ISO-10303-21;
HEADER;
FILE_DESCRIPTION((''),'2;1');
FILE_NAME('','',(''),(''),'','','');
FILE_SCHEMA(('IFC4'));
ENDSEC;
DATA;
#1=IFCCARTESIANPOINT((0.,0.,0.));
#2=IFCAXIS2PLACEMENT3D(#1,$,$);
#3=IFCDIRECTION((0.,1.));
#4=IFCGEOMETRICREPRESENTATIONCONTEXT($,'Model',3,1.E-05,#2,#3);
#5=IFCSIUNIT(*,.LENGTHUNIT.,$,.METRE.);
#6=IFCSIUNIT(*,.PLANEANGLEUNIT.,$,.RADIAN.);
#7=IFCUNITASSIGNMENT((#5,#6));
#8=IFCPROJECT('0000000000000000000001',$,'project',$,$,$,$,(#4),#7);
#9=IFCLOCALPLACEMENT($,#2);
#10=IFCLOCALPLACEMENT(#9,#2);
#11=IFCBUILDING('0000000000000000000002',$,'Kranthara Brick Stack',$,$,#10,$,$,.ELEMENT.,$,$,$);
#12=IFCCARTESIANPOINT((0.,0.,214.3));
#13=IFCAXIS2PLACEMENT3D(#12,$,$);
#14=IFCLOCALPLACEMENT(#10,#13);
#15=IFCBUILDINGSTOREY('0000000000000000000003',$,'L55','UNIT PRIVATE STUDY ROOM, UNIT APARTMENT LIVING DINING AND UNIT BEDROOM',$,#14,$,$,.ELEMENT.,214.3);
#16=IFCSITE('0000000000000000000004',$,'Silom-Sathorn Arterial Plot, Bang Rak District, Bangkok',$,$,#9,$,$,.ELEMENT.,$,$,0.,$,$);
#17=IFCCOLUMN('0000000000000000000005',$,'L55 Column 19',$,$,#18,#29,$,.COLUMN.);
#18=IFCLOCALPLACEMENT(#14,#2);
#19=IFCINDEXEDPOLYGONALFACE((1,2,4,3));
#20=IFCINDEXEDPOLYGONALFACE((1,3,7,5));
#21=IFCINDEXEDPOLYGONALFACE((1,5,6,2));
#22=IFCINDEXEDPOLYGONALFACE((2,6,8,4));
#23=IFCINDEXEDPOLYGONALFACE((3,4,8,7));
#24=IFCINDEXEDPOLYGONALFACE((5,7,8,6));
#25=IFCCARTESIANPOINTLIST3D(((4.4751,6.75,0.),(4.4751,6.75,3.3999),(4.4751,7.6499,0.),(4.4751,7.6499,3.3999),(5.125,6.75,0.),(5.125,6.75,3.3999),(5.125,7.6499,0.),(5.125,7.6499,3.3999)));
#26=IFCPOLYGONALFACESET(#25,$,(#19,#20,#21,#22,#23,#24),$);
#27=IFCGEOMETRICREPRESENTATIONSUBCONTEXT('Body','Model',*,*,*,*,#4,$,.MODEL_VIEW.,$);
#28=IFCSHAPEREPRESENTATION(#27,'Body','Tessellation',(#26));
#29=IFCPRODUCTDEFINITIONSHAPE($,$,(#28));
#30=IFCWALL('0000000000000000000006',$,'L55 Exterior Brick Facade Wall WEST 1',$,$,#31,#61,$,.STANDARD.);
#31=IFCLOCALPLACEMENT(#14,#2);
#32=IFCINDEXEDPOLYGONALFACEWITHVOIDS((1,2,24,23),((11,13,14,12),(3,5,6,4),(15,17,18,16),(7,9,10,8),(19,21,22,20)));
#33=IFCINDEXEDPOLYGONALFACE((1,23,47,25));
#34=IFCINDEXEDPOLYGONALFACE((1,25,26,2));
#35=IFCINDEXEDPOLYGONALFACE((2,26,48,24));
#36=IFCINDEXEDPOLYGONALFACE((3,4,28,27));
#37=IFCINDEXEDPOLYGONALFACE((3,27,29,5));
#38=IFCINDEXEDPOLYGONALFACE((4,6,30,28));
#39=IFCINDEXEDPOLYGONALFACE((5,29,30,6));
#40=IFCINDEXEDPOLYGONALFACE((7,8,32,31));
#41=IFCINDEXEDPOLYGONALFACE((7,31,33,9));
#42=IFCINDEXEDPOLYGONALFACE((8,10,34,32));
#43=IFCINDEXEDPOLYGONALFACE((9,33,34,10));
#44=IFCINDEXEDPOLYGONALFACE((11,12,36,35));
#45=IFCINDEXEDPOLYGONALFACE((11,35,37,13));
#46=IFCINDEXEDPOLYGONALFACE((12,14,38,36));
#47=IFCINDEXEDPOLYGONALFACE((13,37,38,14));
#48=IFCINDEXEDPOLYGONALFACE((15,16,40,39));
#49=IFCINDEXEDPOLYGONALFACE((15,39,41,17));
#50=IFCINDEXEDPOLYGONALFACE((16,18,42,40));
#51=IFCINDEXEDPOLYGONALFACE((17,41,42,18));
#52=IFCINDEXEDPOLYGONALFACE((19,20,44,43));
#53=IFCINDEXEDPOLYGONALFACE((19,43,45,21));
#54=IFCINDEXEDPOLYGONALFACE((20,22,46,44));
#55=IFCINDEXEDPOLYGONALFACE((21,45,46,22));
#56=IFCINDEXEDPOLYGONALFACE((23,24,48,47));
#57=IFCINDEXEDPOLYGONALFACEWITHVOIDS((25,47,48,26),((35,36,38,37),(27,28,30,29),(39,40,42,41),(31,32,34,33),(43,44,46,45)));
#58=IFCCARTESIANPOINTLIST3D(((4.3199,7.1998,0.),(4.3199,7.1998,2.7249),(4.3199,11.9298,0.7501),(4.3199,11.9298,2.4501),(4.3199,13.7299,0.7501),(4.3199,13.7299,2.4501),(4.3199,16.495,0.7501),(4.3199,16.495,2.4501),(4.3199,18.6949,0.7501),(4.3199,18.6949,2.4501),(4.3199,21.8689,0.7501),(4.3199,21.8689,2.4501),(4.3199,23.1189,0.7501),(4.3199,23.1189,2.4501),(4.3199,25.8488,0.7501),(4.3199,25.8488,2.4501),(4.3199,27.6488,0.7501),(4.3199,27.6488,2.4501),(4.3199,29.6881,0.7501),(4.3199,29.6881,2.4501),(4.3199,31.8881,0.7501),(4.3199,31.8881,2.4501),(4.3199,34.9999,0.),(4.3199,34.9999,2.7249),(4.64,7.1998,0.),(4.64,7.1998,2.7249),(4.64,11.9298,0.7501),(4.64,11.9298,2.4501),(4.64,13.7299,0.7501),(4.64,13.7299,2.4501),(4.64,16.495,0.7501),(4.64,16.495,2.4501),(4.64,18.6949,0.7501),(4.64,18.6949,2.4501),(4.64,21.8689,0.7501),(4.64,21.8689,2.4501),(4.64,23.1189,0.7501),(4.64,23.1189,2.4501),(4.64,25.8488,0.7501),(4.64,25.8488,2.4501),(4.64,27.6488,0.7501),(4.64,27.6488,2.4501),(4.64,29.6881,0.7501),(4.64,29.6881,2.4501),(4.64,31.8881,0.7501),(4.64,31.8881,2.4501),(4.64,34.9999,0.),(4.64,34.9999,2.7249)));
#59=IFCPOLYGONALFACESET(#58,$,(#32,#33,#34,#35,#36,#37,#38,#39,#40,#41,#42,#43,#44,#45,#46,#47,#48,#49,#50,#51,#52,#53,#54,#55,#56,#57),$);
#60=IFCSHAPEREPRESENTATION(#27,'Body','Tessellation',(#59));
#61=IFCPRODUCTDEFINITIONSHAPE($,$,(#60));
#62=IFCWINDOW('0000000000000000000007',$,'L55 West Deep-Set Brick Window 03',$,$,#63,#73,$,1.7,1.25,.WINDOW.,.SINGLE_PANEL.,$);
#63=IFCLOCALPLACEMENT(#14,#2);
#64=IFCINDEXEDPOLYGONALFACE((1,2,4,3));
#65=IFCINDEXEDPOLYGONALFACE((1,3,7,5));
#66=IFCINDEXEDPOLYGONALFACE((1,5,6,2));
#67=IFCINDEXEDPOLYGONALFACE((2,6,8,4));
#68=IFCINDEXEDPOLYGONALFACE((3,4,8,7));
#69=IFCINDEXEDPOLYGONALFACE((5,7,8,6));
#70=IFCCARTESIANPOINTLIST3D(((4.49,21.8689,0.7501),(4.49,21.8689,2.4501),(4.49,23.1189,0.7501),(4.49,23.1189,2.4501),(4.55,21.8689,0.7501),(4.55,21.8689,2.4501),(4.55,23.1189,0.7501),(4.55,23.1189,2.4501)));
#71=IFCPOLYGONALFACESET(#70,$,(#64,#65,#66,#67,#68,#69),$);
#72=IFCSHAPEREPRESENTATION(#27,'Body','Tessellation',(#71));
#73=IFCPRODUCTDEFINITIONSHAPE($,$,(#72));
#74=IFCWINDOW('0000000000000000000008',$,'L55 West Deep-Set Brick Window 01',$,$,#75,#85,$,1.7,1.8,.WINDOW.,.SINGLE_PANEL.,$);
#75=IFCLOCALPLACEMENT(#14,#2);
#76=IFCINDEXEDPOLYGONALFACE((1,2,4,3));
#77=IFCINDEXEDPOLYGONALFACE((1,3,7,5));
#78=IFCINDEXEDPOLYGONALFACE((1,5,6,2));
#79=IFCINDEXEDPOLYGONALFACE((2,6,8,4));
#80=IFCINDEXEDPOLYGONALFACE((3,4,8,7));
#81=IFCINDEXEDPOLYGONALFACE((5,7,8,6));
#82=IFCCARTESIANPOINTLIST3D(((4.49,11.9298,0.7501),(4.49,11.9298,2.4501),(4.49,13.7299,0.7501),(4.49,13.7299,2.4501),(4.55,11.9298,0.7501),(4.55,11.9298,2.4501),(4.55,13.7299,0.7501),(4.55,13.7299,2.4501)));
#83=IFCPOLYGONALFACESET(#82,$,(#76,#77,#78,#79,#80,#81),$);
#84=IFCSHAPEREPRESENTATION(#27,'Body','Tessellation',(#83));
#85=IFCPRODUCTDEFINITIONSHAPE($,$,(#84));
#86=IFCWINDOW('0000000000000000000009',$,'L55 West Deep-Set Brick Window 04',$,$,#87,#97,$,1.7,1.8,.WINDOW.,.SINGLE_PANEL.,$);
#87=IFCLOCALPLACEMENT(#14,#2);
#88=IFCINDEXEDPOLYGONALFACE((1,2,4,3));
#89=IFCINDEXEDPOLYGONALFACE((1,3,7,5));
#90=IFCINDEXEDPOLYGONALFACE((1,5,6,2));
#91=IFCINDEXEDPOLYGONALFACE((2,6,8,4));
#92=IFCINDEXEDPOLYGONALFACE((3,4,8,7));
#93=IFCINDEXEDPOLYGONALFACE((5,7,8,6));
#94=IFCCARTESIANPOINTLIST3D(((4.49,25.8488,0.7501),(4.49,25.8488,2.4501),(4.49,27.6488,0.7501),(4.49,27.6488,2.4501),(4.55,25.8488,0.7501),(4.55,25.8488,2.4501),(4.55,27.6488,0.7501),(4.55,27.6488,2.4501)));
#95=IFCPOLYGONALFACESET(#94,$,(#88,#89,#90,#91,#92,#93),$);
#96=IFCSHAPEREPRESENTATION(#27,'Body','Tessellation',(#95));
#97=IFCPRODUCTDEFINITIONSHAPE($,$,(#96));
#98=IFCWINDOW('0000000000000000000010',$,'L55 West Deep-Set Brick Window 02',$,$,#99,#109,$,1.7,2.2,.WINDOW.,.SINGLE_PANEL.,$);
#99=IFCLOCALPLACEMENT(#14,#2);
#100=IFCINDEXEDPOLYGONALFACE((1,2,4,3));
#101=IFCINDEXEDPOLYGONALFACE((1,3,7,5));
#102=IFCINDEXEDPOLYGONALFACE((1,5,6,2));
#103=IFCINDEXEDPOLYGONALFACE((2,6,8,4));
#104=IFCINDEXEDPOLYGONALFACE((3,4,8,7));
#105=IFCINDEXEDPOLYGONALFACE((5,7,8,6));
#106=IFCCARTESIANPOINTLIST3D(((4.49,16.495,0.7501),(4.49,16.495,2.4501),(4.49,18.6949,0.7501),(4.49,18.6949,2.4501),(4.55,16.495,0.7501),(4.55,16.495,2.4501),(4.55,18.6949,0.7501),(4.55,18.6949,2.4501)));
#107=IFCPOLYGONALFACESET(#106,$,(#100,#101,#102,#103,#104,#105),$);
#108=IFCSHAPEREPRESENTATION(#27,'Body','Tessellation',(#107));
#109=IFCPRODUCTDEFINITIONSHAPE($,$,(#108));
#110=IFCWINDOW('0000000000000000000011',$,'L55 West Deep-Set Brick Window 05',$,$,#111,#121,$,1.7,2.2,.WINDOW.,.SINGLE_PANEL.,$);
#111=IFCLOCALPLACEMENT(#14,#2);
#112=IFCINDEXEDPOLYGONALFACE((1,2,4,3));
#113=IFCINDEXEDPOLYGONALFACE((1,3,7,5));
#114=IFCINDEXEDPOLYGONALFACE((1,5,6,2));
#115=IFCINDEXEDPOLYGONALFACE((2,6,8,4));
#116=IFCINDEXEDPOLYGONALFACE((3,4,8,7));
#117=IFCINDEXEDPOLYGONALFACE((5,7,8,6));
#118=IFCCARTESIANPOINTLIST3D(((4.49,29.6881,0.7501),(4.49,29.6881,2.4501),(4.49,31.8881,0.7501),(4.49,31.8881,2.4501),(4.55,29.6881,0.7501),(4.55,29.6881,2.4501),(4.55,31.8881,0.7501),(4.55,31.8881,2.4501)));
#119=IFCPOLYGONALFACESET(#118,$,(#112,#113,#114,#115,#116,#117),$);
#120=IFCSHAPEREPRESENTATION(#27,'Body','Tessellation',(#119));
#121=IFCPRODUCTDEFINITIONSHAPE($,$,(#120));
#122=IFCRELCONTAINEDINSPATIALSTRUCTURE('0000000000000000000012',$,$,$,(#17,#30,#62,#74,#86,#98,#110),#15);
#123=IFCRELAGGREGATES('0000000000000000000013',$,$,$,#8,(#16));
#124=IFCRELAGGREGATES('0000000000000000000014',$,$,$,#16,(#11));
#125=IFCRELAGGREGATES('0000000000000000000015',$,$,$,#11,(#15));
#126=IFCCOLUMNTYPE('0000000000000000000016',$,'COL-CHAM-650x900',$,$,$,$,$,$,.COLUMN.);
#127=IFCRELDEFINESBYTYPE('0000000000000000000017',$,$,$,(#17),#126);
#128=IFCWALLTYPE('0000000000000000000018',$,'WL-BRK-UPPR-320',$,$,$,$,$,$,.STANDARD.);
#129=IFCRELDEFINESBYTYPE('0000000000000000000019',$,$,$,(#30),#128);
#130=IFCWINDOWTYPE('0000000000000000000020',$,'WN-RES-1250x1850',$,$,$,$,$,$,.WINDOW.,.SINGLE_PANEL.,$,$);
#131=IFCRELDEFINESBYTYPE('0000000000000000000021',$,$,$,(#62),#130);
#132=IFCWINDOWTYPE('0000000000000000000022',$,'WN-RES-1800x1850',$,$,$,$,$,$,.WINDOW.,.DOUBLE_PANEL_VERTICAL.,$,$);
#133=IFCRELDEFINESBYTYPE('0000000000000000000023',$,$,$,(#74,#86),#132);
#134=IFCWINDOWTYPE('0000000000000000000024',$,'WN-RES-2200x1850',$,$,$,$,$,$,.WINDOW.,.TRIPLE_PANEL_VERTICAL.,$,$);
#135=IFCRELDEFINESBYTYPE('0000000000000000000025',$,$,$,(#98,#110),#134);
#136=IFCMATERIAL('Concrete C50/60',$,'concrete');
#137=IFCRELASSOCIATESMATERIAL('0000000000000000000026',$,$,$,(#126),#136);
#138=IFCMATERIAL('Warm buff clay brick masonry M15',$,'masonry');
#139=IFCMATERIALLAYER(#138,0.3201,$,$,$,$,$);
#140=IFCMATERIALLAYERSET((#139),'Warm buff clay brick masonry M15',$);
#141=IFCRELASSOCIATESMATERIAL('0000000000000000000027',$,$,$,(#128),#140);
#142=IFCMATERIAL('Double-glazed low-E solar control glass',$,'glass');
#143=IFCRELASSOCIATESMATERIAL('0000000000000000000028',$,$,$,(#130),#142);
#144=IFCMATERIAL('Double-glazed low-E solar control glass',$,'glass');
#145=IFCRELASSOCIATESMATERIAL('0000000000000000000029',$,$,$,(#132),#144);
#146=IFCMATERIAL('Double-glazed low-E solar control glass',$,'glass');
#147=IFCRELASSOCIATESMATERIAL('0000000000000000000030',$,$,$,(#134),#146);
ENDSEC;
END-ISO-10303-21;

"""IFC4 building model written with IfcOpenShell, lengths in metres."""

from ifc_helpers import new_model, si_unit, direction, frame, frame_2d, origin, origin_2d, place, context, subcontext, project, spatial, rectangle, extrude, material, layer, layer_set, material_profile, profile_set, type_object, element, fill, save


model = new_model("IFC4")

# Units and contexts
model_context = context("Model", 3, precision=1e-05, world=origin(), true_north=direction((0.0, 1.0)))
body_context = subcontext(model_context, "Body", "Model", "MODEL_VIEW")
ifc_project = project(units=[si_unit("LENGTHUNIT", "METRE"), si_unit("PLANEANGLEUNIT", "RADIAN")], contexts=[model_context])

# Site, building, storey
site_placement = place(None, origin())
site = spatial("IfcSite", under=ifc_project, at=site_placement, Name="Silom-Sathorn Arterial Plot, Bang Rak District, Bangkok", CompositionType="ELEMENT", RefElevation=0.0)
building_placement = place(site_placement, origin())
building = spatial("IfcBuilding", under=site, at=building_placement, Name="Kranthara Brick Stack", CompositionType="ELEMENT")
storey_placement = place(building_placement, frame((0.0, 0.0, 214.3)))
storey = spatial("IfcBuildingStorey", under=building, at=storey_placement, Name="L55", Description="UNIT PRIVATE STUDY ROOM, UNIT APARTMENT LIVING DINING AND UNIT BEDROOM", CompositionType="ELEMENT", Elevation=214.3)

# Column
ifc_material_1 = material(Name="Concrete C50/60", Category="concrete")
ifc_material_profile = material_profile(ifc_material_1, rectangle(XDim=0.6499, YDim=0.8999, at=origin_2d()), Name="RC 650x900")
ifc_profile_set = profile_set([ifc_material_profile], Name="Concrete C50/60")
column_type = type_object("IfcColumnType", Name="COL-CHAM-650x900", PredefinedType="COLUMN", material=ifc_profile_set)
column_placement = place(storey_placement, frame((4.8, 7.2, 0.0), z_axis=(0.0, 0.0, 1.0), x_axis=(1.0, 0.0, 0.0)))
element("IfcColumn", 1, at=column_placement, inside=storey, type_object=column_type, Name="L55 Column 19", PredefinedType="COLUMN", context=body_context, shape_type="SweptSolid", body=[
    extrude(rectangle(XDim=0.6499, YDim=0.8999, at=origin_2d()), origin(), (0.0, 0.0, 1.0), 3.3999),
])

# Wall, openings, windows
ifc_material_2 = material(Name="Warm buff clay brick masonry M15", Category="masonry")
ifc_layer_1 = layer(ifc_material_2, 0.3201)
ifc_layer_set_1 = layer_set([ifc_layer_1], Name="Warm buff clay brick masonry M15")
wall_type_1 = type_object("IfcWallType", Name="WL-BRK-UPPR-320", PredefinedType="STANDARD", material=ifc_layer_set_1)
wall_1_placement = place(storey_placement, frame((4.48, 7.2, 0.0), z_axis=(0.0, 0.0, 1.0), x_axis=(0.0, 1.0, 0.0)))
wall_1 = element("IfcWall", 2, at=wall_1_placement, inside=storey, type_object=wall_type_1, Name="L55 Exterior Brick Facade Wall WEST 1", PredefinedType="STANDARD", context=body_context, shape_type="SweptSolid", body=[
    extrude(rectangle(XDim=27.8, YDim=0.3201, at=frame_2d((13.8999, 0.0))), origin(), (0.0, 0.0, 1.0), 2.7249),
])
opening_1_placement = place(wall_1_placement, frame((4.73, 0.0, 0.75)))
opening_1 = element("IfcOpeningElement", 3, at=opening_1_placement, cuts=wall_1, PredefinedType="OPENING", context=body_context, shape_type="SweptSolid", body=[
    extrude(rectangle(XDim=1.8, YDim=1.7, at=frame_2d((0.8999, 0.8501))), frame((0.0, 0.1699, 0.0), z_axis=(0.0, -1.0, 0.0), x_axis=(1.0, 0.0, 0.0)), (0.0, 0.0, 1.0), 0.3401),
])
opening_2_placement = place(wall_1_placement, frame((9.2949, 0.0, 0.75)))
opening_2 = element("IfcOpeningElement", 4, at=opening_2_placement, cuts=wall_1, PredefinedType="OPENING", context=body_context, shape_type="SweptSolid", body=[
    extrude(rectangle(XDim=2.2, YDim=1.7, at=frame_2d((1.1001, 0.8501))), frame((0.0, 0.1699, 0.0), z_axis=(0.0, -1.0, 0.0), x_axis=(1.0, 0.0, 0.0)), (0.0, 0.0, 1.0), 0.3401),
])
opening_3_placement = place(wall_1_placement, frame((14.6689, 0.0, 0.75)))
opening_3 = element("IfcOpeningElement", 5, at=opening_3_placement, cuts=wall_1, PredefinedType="OPENING", context=body_context, shape_type="SweptSolid", body=[
    extrude(rectangle(XDim=1.25, YDim=1.7, at=frame_2d((0.625, 0.8501))), frame((0.0, 0.1699, 0.0), z_axis=(0.0, -1.0, 0.0), x_axis=(1.0, 0.0, 0.0)), (0.0, 0.0, 1.0), 0.3401),
])
opening_4_placement = place(wall_1_placement, frame((18.6489, 0.0, 0.75)))
opening_4 = element("IfcOpeningElement", 6, at=opening_4_placement, cuts=wall_1, PredefinedType="OPENING", context=body_context, shape_type="SweptSolid", body=[
    extrude(rectangle(XDim=1.8, YDim=1.7, at=frame_2d((0.8999, 0.8501))), frame((0.0, 0.1699, 0.0), z_axis=(0.0, -1.0, 0.0), x_axis=(1.0, 0.0, 0.0)), (0.0, 0.0, 1.0), 0.3401),
])
opening_5_placement = place(wall_1_placement, frame((22.488, 0.0, 0.75)))
opening_5 = element("IfcOpeningElement", 7, at=opening_5_placement, cuts=wall_1, PredefinedType="OPENING", context=body_context, shape_type="SweptSolid", body=[
    extrude(rectangle(XDim=2.2, YDim=1.7, at=frame_2d((1.1001, 0.8501))), frame((0.0, 0.1699, 0.0), z_axis=(0.0, -1.0, 0.0), x_axis=(1.0, 0.0, 0.0)), (0.0, 0.0, 1.0), 0.3401),
])
ifc_material_3 = material(Name="Double-glazed low-E solar control glass", Category="glass")
window_type_1 = type_object("IfcWindowType", Name="WN-RES-1250x1850", PartitioningType="SINGLE_PANEL", PredefinedType="WINDOW", material=ifc_material_3)
window_1_placement = place(opening_3_placement, origin())
window_1 = element("IfcWindow", 8, at=window_1_placement, inside=storey, type_object=window_type_1, Name="L55 West Deep-Set Brick Window 03", OverallHeight=1.7, OverallWidth=1.25, PartitioningType="SINGLE_PANEL", PredefinedType="WINDOW", context=body_context, shape_type="SweptSolid", body=[
    extrude(rectangle(XDim=1.25, YDim=1.7, at=frame_2d((0.625, 0.8501))), frame((0.0, -0.01, 0.0), z_axis=(0.0, -1.0, 0.0), x_axis=(1.0, 0.0, 0.0)), (0.0, 0.0, 1.0), 0.0601),
])
fill(opening_3, window_1)
ifc_material_4 = material(Name="Double-glazed low-E solar control glass", Category="glass")
window_type_2 = type_object("IfcWindowType", Name="WN-RES-1800x1850", PartitioningType="DOUBLE_PANEL_VERTICAL", PredefinedType="WINDOW", material=ifc_material_4)
window_2_placement = place(opening_1_placement, origin())
window_2 = element("IfcWindow", 9, at=window_2_placement, inside=storey, type_object=window_type_2, Name="L55 West Deep-Set Brick Window 01", OverallHeight=1.7, OverallWidth=1.8, PartitioningType="SINGLE_PANEL", PredefinedType="WINDOW", context=body_context, shape_type="SweptSolid", body=[
    extrude(rectangle(XDim=1.8, YDim=1.7, at=frame_2d((0.8999, 0.8501))), frame((0.0, -0.01, 0.0), z_axis=(0.0, -1.0, 0.0), x_axis=(1.0, 0.0, 0.0)), (0.0, 0.0, 1.0), 0.0601),
])
fill(opening_1, window_2)
window_3_placement = place(opening_4_placement, origin())
window_3 = element("IfcWindow", 10, at=window_3_placement, inside=storey, type_object=window_type_2, Name="L55 West Deep-Set Brick Window 04", OverallHeight=1.7, OverallWidth=1.8, PartitioningType="SINGLE_PANEL", PredefinedType="WINDOW", context=body_context, shape_type="SweptSolid", body=[
    extrude(rectangle(XDim=1.8, YDim=1.7, at=frame_2d((0.8999, 0.8501))), frame((0.0, -0.01, 0.0), z_axis=(0.0, -1.0, 0.0), x_axis=(1.0, 0.0, 0.0)), (0.0, 0.0, 1.0), 0.0601),
])
fill(opening_4, window_3)
ifc_material_5 = material(Name="Double-glazed low-E solar control glass", Category="glass")
window_type_3 = type_object("IfcWindowType", Name="WN-RES-2200x1850", PartitioningType="TRIPLE_PANEL_VERTICAL", PredefinedType="WINDOW", material=ifc_material_5)
window_4_placement = place(opening_2_placement, origin())
window_4 = element("IfcWindow", 11, at=window_4_placement, inside=storey, type_object=window_type_3, Name="L55 West Deep-Set Brick Window 02", OverallHeight=1.7, OverallWidth=2.2, PartitioningType="SINGLE_PANEL", PredefinedType="WINDOW", context=body_context, shape_type="SweptSolid", body=[
    extrude(rectangle(XDim=2.2, YDim=1.7, at=frame_2d((1.1001, 0.8501))), frame((0.0, -0.01, 0.0), z_axis=(0.0, -1.0, 0.0), x_axis=(1.0, 0.0, 0.0)), (0.0, 0.0, 1.0), 0.0601),
])
fill(opening_2, window_4)
window_5_placement = place(opening_5_placement, origin())
window_5 = element("IfcWindow", 12, at=window_5_placement, inside=storey, type_object=window_type_3, Name="L55 West Deep-Set Brick Window 05", OverallHeight=1.7, OverallWidth=2.2, PartitioningType="SINGLE_PANEL", PredefinedType="WINDOW", context=body_context, shape_type="SweptSolid", body=[
    extrude(rectangle(XDim=2.2, YDim=1.7, at=frame_2d((1.1001, 0.8501))), frame((0.0, -0.01, 0.0), z_axis=(0.0, -1.0, 0.0), x_axis=(1.0, 0.0, 0.0)), (0.0, 0.0, 1.0), 0.0601),
])
fill(opening_5, window_5)

save(model, "model.ifc")
